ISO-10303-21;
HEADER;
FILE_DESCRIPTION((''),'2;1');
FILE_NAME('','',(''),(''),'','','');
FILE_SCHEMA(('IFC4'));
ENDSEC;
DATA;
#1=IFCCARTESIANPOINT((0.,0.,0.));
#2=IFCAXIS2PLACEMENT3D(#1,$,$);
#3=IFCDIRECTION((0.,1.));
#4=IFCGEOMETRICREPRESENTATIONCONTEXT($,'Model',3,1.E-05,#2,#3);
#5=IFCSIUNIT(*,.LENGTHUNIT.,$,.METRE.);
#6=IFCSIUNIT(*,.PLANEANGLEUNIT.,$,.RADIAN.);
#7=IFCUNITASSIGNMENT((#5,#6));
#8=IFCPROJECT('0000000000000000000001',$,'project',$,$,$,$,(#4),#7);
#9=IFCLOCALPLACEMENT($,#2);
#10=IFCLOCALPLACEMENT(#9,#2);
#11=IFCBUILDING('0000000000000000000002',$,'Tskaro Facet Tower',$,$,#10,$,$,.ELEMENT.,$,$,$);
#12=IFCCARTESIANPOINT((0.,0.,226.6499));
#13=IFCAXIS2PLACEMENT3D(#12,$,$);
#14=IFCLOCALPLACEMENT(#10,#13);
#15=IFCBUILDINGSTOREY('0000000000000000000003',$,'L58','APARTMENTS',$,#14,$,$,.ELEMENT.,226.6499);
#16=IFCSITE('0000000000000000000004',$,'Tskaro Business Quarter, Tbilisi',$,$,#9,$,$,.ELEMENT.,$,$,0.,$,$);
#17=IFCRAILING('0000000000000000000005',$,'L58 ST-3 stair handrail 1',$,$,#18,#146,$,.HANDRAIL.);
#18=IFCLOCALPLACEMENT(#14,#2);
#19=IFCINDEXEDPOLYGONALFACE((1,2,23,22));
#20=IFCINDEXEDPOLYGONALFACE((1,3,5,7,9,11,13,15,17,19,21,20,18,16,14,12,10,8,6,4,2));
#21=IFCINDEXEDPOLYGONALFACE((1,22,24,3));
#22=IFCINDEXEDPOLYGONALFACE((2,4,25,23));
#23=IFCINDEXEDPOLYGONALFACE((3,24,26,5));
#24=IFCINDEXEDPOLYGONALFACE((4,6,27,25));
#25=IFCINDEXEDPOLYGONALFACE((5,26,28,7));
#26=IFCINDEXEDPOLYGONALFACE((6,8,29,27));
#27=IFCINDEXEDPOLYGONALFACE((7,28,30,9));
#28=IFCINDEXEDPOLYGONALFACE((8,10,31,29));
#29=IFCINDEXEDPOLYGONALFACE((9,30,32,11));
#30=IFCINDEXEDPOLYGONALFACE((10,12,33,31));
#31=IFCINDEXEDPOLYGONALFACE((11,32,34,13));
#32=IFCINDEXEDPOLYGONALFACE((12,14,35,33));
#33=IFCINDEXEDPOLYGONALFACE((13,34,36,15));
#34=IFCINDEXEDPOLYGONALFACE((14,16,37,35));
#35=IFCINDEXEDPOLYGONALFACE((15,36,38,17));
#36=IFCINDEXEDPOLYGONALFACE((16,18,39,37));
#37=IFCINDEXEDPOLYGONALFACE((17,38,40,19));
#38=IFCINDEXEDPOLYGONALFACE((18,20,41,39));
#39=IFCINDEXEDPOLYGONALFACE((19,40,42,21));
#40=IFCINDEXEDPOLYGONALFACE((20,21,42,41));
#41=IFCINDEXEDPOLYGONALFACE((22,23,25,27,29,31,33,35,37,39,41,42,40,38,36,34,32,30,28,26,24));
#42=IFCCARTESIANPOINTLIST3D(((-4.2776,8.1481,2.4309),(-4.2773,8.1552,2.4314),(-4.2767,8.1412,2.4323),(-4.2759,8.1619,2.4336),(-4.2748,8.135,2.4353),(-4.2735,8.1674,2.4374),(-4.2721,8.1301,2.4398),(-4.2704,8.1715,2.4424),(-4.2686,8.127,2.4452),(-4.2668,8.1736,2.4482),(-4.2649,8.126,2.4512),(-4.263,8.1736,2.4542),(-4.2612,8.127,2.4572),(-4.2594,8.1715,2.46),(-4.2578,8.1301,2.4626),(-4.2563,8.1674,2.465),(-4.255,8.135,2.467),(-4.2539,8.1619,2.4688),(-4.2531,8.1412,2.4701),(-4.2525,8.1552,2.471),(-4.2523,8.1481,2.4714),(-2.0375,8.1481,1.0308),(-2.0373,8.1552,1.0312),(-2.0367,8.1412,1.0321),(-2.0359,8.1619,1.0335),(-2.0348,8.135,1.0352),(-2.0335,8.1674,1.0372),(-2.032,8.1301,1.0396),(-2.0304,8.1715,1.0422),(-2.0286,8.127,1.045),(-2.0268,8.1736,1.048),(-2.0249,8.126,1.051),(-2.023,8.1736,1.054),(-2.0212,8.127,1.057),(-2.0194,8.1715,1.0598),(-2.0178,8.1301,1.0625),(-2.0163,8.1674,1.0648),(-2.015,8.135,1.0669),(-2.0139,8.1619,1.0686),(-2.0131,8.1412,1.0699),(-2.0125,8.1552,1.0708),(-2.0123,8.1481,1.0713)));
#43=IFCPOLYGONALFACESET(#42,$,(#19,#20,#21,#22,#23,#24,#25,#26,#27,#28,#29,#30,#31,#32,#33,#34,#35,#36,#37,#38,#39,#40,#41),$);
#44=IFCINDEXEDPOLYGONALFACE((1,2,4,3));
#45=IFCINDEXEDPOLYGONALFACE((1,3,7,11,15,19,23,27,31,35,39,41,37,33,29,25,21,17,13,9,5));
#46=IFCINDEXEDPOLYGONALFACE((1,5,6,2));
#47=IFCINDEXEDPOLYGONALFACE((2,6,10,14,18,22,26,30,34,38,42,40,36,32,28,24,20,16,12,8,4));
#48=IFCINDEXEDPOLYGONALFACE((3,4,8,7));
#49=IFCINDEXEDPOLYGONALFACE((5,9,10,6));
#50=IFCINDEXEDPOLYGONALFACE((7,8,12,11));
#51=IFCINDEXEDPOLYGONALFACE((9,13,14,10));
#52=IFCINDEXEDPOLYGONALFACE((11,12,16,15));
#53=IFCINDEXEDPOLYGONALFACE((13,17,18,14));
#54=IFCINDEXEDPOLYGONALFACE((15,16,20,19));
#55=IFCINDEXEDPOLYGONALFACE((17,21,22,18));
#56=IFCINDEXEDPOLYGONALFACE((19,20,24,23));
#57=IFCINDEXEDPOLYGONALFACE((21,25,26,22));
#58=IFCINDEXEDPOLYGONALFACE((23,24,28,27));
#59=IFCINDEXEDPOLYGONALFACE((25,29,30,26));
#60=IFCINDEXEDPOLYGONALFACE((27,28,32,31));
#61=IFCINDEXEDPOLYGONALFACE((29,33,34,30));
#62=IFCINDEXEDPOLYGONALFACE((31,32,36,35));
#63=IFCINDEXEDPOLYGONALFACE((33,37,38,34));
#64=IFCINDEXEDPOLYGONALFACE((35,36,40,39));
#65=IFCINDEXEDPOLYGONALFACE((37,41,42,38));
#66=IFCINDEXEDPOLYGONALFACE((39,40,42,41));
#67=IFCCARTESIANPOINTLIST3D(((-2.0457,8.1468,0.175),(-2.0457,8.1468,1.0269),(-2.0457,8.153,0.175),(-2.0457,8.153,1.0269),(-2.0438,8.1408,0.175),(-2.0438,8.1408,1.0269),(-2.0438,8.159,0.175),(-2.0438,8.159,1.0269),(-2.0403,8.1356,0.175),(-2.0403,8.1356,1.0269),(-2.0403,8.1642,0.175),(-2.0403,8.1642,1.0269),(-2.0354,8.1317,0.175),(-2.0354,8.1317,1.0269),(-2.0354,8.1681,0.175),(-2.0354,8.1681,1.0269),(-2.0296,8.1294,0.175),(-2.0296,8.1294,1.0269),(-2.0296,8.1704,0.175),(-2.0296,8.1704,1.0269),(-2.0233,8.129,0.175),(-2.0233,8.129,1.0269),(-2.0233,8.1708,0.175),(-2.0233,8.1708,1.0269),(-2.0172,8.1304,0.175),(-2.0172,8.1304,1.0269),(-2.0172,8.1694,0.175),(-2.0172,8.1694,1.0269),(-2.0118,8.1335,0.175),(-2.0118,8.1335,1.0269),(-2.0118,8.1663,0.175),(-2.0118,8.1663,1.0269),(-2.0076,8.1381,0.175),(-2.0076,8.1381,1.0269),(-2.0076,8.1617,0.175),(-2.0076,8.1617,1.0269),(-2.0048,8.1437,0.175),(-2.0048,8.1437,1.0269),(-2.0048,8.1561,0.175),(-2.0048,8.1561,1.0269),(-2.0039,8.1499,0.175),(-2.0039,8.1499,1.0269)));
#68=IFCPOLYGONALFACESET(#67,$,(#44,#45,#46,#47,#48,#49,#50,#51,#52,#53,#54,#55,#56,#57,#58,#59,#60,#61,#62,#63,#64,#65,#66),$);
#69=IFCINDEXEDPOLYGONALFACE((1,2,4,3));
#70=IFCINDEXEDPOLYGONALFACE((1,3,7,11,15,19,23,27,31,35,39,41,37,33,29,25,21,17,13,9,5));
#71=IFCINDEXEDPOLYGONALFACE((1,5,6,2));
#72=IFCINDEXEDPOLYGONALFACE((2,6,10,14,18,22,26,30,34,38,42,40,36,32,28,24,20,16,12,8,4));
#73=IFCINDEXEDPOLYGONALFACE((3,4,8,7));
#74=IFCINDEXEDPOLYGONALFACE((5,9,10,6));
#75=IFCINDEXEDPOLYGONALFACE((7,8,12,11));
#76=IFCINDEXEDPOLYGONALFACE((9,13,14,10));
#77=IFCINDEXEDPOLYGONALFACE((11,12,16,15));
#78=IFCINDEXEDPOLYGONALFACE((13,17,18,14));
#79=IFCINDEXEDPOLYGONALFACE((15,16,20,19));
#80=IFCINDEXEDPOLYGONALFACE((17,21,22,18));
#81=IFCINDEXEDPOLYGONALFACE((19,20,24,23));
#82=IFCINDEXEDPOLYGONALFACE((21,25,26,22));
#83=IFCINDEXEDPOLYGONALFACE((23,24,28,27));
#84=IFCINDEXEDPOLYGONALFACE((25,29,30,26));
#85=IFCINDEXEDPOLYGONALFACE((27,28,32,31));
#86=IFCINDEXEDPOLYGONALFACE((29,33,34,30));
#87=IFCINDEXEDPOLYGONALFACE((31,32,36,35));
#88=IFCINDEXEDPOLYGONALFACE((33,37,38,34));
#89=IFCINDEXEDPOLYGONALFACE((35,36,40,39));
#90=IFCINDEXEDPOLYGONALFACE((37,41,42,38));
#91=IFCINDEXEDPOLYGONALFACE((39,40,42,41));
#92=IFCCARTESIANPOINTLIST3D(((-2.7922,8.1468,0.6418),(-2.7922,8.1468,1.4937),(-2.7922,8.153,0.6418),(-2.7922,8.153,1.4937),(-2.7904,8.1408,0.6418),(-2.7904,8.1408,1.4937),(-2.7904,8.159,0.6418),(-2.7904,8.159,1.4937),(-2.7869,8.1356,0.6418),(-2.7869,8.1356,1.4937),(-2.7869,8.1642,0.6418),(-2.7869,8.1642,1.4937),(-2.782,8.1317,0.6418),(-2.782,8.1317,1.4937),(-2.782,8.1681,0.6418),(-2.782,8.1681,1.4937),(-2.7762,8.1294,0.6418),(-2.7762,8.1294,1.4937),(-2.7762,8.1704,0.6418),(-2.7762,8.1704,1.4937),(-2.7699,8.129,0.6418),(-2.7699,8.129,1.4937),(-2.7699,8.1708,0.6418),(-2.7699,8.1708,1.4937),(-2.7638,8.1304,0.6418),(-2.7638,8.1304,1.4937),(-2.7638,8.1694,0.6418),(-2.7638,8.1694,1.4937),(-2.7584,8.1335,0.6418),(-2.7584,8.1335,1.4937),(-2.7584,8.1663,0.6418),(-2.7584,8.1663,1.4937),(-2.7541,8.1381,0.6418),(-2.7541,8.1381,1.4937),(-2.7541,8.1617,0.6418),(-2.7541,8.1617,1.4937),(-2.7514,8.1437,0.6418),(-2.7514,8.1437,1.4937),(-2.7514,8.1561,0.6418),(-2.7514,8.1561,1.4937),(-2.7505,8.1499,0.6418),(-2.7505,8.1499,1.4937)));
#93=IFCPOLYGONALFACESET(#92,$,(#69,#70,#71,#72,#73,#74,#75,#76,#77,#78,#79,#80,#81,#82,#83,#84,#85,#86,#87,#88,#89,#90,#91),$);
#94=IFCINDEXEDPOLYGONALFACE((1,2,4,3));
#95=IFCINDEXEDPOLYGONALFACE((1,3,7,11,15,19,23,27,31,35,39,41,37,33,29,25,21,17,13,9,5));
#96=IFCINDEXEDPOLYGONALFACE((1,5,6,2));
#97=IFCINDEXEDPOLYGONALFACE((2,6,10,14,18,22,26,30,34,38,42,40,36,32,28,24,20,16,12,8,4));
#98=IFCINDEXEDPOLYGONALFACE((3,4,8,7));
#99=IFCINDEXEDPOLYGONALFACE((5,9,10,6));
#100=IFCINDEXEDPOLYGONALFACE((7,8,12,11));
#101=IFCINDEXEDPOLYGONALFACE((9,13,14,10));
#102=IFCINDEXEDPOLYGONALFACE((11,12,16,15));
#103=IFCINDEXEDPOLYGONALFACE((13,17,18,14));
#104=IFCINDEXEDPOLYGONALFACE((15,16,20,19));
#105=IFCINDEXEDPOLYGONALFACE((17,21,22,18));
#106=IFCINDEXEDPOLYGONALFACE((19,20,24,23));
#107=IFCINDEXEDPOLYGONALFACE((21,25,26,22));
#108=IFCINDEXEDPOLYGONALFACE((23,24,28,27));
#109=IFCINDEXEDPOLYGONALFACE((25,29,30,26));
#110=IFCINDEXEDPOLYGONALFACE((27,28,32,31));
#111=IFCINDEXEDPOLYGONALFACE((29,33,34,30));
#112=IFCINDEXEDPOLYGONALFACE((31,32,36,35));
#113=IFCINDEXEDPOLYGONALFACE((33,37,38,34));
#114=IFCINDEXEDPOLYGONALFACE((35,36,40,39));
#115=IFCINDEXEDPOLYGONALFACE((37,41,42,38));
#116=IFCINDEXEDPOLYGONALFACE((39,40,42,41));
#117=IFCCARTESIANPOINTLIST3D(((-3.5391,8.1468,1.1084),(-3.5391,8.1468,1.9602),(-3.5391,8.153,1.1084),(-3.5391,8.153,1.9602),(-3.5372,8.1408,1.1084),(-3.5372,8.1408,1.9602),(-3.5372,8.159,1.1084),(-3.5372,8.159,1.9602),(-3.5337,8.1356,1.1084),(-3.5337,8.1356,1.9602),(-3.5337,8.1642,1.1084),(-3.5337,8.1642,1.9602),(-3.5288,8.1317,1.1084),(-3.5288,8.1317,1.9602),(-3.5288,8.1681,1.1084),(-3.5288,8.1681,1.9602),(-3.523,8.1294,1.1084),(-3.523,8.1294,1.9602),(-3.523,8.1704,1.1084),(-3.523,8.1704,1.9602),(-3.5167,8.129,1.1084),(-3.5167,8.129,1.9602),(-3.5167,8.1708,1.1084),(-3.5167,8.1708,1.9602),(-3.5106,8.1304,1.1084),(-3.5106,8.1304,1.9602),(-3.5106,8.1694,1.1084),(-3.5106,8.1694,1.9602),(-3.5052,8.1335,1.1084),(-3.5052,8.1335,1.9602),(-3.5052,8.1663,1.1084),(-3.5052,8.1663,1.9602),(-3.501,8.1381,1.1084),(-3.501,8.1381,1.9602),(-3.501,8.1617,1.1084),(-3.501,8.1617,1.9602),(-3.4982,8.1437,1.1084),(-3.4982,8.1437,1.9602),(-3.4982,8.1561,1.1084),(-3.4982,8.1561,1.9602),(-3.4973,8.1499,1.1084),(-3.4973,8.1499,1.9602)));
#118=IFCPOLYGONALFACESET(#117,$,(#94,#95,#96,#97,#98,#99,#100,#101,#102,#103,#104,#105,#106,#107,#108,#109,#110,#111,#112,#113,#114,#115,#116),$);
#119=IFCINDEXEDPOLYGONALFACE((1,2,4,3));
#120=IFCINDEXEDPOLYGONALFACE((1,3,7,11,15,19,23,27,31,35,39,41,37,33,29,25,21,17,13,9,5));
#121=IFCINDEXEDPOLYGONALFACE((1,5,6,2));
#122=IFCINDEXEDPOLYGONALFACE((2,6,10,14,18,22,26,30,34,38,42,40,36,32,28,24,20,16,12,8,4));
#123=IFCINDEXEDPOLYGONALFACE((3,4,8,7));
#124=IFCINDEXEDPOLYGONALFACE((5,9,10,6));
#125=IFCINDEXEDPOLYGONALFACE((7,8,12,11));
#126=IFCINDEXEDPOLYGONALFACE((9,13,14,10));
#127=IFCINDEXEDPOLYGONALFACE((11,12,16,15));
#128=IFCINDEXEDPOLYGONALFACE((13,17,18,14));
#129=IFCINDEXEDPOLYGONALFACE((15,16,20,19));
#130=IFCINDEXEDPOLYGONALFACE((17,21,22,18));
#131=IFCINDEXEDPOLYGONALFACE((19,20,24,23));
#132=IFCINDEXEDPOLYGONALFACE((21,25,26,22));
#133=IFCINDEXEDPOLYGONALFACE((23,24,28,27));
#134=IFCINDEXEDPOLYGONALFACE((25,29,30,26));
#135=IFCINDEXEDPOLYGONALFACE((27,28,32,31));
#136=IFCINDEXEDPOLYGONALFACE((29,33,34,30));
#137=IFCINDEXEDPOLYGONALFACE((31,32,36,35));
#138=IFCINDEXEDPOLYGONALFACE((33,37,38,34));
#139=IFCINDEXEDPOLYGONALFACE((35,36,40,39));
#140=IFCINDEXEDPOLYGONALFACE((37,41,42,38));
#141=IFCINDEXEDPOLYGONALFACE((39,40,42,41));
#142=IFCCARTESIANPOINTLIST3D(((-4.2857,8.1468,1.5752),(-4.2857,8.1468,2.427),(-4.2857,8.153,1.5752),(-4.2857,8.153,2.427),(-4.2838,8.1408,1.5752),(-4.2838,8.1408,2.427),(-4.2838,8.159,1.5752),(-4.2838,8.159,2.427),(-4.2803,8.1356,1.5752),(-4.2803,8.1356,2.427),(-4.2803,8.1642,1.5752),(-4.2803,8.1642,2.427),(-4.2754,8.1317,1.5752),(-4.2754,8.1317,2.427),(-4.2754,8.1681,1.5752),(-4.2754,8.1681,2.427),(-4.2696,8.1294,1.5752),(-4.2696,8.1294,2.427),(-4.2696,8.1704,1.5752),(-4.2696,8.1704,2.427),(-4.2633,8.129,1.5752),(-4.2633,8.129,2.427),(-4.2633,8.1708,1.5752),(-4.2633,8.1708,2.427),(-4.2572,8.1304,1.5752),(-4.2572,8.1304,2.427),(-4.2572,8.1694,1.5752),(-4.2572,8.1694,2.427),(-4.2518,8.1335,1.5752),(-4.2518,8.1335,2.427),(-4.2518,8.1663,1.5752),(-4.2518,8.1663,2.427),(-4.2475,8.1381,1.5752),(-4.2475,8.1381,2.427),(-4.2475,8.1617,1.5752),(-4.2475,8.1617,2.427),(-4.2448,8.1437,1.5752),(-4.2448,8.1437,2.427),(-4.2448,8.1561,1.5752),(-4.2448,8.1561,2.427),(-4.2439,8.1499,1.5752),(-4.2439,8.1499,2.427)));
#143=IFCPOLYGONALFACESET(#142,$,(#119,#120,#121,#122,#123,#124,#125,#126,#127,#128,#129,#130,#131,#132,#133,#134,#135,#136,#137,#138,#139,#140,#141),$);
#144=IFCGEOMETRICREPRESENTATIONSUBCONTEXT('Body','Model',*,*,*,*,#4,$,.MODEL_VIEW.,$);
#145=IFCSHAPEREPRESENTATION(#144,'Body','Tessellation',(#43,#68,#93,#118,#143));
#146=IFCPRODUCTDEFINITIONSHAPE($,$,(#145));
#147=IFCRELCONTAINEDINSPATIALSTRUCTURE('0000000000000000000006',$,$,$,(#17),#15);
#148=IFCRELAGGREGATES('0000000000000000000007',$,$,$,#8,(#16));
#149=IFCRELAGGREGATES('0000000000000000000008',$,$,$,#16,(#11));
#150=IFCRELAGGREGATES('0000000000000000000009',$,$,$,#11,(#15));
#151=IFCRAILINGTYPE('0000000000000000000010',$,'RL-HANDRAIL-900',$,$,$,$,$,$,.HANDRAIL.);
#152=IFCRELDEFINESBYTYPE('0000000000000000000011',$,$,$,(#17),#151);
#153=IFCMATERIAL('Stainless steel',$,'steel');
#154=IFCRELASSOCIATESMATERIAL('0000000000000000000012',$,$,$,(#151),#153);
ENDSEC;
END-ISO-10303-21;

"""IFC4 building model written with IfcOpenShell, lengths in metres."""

from ifc_helpers import new_model, si_unit, direction, frame, origin, origin_2d, place, context, subcontext, project, spatial, circle, extrude, material, type_object, element, save


model = new_model("IFC4")

# Units and contexts
model_context = context("Model", 3, precision=1e-05, world=origin(), true_north=direction((0.0, 1.0)))
body_context = subcontext(model_context, "Body", "Model", "MODEL_VIEW")
ifc_project = project(units=[si_unit("LENGTHUNIT", "METRE"), si_unit("PLANEANGLEUNIT", "RADIAN")], contexts=[model_context])

# Site, building, storey
site_placement = place(None, origin())
site = spatial("IfcSite", under=ifc_project, at=site_placement, Name="Tskaro Business Quarter, Tbilisi", CompositionType="ELEMENT", RefElevation=0.0)
building_placement = place(site_placement, origin())
building = spatial("IfcBuilding", under=site, at=building_placement, Name="Tskaro Facet Tower", CompositionType="ELEMENT")
storey_placement = place(building_placement, frame((0.0, 0.0, 226.6499)))
storey = spatial("IfcBuildingStorey", under=building, at=storey_placement, Name="L58", Description="APARTMENTS", CompositionType="ELEMENT", Elevation=226.6499)

# Railing
ifc_material_1 = material(Name="Stainless steel", Category="steel")
railing_type_1 = type_object("IfcRailingType", Name="RL-HANDRAIL-900", PredefinedType="HANDRAIL", material=ifc_material_1)
railing_1_placement = place(storey_placement, frame((-2.0249, 8.1499, 0.175)))
element("IfcRailing", 1, at=railing_1_placement, inside=storey, type_object=railing_type_1, Name="L58 ST-3 stair handrail 1", PredefinedType="HANDRAIL", context=body_context, shape_type="SweptSolid", body=[
    extrude(circle(Radius=0.0239, at=origin_2d()), frame((0.0, 0.0, 0.876), z_axis=(-0.847972, 0.0, 0.53004), x_axis=(0.0, -1.0, 0.0)), (0.0, 0.0, 1.0), 2.6416),
    extrude(circle(Radius=0.021, at=origin_2d()), origin(), (0.0, 0.0, 1.0), 0.8518),
    extrude(circle(Radius=0.021, at=origin_2d()), frame((-0.7466, 0.0, 0.4668)), (0.0, 0.0, 1.0), 0.8518),
    extrude(circle(Radius=0.021, at=origin_2d()), frame((-1.4934, 0.0, 0.9333)), (0.0, 0.0, 1.0), 0.8518),
    extrude(circle(Radius=0.021, at=origin_2d()), frame((-2.24, 0.0, 1.4001)), (0.0, 0.0, 1.0), 0.8518),
])

save(model, "model.ifc")
